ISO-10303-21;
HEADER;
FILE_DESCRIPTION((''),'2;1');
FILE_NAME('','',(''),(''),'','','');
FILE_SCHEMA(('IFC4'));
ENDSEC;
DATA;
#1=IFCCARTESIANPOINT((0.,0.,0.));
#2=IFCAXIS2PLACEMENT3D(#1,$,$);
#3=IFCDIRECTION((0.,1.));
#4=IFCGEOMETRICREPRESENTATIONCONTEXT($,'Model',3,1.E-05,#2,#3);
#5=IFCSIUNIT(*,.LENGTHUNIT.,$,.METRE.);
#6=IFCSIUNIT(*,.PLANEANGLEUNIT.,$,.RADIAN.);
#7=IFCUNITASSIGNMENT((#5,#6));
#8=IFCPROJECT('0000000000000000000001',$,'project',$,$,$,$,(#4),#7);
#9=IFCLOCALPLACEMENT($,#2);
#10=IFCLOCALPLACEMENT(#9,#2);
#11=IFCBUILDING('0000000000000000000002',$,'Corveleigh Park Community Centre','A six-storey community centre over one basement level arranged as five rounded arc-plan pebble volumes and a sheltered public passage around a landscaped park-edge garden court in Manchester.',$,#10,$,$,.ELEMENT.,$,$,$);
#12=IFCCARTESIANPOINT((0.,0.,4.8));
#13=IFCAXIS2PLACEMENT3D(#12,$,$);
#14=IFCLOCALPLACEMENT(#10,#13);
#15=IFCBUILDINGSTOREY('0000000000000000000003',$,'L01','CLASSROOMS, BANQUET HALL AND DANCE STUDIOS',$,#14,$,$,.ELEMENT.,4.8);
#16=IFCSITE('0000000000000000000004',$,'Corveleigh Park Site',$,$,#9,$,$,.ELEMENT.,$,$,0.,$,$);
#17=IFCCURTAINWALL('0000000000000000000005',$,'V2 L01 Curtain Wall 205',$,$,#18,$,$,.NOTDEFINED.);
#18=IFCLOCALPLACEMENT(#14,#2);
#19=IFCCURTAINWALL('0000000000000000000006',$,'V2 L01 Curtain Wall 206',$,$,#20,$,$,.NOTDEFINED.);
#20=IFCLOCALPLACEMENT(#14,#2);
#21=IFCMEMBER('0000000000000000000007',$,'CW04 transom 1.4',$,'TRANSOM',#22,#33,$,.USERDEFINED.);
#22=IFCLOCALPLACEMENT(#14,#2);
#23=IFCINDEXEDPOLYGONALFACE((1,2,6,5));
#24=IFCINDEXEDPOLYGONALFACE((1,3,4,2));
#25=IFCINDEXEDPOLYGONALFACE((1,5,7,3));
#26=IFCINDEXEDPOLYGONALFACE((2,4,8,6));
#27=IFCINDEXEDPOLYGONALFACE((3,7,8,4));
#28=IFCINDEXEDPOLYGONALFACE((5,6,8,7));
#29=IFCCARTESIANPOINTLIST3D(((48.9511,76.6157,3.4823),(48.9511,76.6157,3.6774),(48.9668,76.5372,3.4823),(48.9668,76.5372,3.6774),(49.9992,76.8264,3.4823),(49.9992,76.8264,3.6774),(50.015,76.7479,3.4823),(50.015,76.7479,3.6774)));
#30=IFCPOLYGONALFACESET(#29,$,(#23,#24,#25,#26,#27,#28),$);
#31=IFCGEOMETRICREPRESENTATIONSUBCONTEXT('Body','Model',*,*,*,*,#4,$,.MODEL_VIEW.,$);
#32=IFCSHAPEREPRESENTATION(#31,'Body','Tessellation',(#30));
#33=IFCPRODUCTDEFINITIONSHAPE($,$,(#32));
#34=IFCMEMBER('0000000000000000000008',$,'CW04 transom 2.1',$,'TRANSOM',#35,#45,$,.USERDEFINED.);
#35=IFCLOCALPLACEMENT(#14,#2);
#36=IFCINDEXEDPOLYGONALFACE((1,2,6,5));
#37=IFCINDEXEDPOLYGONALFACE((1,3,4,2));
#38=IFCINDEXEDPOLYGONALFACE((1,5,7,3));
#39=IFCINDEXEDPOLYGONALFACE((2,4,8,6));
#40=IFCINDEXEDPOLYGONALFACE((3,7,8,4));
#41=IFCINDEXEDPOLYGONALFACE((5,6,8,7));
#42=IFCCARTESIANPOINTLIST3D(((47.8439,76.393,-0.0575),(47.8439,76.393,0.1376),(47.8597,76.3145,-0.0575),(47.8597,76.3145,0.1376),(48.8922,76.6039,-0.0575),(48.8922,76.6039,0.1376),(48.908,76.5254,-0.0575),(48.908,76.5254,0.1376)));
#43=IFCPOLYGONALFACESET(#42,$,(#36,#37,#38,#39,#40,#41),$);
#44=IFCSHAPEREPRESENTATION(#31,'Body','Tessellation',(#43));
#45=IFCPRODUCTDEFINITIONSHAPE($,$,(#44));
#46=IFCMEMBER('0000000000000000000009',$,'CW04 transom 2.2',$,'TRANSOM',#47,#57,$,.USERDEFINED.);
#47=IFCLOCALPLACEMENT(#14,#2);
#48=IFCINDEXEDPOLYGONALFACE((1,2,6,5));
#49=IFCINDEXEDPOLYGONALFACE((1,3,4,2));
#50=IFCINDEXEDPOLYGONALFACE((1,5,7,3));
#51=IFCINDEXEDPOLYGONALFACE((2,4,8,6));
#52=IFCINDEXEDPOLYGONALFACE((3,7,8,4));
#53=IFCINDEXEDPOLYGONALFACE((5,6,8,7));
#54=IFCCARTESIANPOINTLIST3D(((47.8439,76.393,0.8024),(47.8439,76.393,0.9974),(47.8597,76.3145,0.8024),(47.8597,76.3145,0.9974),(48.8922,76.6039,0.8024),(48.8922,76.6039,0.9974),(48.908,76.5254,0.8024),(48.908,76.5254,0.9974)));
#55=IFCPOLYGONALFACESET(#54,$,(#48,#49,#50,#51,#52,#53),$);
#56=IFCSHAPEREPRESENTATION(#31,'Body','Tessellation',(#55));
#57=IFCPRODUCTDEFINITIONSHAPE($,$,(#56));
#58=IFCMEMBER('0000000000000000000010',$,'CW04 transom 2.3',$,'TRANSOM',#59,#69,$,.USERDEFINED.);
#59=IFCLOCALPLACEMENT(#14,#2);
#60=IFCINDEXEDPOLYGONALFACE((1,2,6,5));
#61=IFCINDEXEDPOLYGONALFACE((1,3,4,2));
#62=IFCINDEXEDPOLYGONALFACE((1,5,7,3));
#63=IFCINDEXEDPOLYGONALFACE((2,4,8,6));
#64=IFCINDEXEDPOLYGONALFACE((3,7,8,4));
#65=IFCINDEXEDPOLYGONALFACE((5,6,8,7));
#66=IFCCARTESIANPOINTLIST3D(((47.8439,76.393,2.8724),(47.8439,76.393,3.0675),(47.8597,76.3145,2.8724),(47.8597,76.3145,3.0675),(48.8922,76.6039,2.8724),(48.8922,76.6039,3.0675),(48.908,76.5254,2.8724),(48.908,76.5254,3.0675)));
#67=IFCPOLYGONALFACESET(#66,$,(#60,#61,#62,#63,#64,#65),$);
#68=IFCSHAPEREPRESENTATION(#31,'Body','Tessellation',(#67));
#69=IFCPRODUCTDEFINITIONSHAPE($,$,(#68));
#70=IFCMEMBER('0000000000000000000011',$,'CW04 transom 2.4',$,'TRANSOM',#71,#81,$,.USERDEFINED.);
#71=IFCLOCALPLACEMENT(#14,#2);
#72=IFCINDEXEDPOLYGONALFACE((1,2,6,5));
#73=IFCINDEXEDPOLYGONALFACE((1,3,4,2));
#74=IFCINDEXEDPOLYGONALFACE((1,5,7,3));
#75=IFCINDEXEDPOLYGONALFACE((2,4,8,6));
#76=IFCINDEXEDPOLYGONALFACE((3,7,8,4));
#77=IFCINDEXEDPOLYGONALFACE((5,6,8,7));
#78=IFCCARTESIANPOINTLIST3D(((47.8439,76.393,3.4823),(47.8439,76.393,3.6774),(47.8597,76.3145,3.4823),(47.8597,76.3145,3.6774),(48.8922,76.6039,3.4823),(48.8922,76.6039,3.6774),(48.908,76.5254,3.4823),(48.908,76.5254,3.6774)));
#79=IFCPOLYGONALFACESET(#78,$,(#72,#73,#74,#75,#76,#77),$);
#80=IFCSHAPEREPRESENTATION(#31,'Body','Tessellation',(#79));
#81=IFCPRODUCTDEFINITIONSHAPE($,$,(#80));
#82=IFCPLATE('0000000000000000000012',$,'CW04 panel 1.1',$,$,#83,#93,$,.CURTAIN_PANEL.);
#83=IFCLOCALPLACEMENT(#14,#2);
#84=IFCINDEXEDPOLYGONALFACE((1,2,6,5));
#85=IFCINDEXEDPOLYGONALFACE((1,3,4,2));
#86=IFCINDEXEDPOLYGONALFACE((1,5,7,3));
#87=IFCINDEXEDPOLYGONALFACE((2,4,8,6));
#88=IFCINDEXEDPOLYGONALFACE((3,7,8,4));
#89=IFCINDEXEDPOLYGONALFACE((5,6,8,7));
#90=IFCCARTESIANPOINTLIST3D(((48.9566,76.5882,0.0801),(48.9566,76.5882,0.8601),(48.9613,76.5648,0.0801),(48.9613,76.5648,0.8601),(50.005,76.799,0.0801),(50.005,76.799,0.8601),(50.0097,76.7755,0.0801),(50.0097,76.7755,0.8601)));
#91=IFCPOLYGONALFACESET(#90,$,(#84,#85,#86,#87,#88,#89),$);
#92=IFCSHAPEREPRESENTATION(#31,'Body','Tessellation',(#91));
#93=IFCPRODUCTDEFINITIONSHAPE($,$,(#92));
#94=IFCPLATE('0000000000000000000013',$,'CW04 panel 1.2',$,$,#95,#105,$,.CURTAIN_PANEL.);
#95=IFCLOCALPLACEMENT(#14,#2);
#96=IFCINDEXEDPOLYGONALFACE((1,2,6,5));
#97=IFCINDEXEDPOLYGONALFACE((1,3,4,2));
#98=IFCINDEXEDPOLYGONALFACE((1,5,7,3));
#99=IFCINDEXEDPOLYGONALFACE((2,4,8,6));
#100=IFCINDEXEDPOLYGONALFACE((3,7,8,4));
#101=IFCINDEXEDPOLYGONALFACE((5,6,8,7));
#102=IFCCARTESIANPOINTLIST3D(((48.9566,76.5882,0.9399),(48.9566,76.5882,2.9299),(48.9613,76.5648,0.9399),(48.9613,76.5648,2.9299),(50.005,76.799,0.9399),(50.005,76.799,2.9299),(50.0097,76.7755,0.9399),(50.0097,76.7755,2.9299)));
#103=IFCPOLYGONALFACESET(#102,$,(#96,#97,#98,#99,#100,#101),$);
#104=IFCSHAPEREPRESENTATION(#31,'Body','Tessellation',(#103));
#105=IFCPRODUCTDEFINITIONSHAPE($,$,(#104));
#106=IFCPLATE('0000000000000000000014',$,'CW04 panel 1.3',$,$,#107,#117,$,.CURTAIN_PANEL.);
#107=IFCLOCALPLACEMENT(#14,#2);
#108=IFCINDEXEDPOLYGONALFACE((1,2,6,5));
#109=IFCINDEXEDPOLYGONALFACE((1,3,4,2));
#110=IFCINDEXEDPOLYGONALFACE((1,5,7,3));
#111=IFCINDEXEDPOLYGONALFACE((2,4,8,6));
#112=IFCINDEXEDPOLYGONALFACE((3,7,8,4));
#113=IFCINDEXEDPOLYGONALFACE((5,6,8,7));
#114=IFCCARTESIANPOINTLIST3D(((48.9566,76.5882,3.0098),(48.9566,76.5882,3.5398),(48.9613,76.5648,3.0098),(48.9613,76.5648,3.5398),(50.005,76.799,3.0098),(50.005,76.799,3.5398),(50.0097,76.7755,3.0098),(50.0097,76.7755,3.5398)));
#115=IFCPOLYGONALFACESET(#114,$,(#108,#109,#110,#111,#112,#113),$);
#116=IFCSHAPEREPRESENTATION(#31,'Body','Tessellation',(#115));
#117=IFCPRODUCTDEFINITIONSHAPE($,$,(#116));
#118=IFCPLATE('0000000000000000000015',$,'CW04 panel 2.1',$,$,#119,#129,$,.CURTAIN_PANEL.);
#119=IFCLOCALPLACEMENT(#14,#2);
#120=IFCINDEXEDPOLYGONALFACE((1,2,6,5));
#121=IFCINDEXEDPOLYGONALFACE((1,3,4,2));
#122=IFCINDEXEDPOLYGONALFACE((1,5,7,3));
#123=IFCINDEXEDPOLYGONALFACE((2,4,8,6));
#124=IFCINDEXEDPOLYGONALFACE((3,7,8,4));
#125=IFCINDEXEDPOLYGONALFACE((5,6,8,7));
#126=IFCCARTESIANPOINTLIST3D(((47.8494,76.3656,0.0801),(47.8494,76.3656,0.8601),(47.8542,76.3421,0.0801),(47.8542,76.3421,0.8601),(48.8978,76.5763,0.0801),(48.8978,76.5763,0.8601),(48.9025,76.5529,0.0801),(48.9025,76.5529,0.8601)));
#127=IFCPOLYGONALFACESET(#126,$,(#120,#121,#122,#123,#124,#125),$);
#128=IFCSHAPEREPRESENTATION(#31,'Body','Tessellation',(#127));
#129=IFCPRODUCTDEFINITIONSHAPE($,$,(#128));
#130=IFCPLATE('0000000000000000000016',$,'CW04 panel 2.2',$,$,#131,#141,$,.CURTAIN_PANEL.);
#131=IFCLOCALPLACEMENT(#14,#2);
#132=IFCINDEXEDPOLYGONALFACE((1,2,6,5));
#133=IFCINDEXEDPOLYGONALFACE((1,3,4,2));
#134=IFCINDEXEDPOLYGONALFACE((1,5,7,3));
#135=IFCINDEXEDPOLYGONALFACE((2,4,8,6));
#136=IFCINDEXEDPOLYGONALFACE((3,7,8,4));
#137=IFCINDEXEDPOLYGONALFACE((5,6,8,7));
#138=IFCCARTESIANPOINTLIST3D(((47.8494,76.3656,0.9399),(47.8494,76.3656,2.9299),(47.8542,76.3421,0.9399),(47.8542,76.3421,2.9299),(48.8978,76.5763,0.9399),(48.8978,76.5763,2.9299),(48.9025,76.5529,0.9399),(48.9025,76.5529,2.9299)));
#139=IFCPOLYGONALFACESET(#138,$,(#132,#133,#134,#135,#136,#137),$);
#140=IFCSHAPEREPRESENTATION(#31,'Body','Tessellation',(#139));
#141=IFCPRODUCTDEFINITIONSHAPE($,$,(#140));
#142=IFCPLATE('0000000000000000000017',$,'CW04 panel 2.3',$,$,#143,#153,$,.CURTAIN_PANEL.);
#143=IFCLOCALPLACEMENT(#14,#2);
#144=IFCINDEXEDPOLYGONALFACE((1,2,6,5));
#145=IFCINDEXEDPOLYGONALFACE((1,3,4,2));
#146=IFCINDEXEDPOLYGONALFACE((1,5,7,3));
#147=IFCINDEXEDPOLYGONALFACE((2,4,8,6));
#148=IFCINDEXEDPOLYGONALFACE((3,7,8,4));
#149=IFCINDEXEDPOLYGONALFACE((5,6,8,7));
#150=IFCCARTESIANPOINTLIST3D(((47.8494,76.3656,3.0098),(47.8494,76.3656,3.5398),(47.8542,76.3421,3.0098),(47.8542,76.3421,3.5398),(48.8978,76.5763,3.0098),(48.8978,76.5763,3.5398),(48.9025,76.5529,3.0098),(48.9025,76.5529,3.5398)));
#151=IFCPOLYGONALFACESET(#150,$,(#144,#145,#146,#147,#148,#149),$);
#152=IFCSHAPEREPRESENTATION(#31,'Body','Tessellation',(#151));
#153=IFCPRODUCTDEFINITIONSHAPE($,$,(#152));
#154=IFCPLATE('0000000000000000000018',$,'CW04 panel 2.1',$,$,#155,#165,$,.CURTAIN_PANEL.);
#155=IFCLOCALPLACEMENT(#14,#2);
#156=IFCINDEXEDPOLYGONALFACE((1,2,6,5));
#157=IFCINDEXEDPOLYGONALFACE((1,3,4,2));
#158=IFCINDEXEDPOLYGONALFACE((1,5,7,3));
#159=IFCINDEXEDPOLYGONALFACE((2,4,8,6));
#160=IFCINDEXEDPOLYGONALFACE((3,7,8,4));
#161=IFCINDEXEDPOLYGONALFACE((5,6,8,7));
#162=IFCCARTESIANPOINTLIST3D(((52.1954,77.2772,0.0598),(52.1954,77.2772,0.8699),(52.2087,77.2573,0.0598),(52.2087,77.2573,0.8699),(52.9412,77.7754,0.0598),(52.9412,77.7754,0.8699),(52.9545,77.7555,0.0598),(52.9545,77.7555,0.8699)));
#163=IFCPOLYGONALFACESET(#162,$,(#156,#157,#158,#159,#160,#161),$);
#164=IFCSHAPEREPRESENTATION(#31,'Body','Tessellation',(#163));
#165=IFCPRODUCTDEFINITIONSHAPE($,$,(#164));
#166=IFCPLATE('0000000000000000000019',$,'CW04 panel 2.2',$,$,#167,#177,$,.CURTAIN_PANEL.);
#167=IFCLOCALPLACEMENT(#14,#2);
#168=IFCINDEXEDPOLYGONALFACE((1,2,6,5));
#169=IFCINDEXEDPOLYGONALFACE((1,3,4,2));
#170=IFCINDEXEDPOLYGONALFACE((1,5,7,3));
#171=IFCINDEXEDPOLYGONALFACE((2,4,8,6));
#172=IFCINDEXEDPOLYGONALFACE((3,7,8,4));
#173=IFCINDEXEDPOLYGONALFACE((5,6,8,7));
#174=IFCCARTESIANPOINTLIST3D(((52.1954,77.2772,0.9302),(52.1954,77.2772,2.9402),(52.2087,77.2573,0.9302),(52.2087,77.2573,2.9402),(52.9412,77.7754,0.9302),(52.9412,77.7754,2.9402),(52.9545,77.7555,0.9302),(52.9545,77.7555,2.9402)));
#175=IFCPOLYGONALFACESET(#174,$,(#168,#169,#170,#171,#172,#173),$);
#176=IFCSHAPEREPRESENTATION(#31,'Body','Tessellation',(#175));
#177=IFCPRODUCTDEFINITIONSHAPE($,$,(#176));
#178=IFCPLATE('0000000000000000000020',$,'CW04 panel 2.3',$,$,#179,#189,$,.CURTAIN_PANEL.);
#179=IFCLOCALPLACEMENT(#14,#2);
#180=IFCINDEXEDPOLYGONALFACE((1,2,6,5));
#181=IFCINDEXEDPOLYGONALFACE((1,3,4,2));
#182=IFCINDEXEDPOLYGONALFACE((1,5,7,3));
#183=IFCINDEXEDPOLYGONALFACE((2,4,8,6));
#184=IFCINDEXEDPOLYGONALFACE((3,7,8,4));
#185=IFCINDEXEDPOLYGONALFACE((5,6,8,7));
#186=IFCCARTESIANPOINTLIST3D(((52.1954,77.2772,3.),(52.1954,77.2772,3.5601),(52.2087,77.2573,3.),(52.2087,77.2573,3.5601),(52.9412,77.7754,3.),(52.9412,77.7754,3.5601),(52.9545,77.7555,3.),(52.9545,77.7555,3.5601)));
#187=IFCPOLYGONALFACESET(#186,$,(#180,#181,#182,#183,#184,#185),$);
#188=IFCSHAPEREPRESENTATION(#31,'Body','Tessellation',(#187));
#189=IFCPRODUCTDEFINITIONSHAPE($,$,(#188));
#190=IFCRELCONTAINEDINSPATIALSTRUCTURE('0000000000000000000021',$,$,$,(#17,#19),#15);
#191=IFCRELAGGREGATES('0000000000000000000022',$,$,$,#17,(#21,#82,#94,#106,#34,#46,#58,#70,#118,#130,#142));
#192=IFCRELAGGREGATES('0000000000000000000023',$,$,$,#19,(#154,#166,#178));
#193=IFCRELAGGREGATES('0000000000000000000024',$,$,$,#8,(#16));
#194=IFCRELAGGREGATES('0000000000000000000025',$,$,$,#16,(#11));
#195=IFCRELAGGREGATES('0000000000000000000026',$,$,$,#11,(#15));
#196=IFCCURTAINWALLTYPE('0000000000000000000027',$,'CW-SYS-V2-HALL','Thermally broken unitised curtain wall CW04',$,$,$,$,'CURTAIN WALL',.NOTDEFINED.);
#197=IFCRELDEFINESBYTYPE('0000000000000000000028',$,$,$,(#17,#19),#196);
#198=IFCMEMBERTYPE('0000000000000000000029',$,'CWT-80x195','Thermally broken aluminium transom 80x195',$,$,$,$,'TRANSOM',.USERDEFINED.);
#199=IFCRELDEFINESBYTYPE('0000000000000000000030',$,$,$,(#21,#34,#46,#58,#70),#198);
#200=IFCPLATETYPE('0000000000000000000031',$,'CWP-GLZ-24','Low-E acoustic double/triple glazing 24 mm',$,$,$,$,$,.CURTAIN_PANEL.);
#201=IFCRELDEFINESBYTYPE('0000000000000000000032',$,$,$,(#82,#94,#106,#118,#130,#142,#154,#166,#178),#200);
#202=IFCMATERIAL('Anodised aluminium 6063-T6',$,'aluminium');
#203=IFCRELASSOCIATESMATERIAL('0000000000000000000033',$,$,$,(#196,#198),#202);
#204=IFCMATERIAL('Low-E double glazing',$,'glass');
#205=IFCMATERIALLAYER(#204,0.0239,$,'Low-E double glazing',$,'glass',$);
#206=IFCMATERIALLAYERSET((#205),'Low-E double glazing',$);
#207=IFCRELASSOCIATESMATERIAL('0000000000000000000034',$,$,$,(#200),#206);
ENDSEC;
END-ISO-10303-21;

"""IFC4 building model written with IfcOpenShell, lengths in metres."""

from ifc_helpers import new_model, si_unit, direction, frame, origin, origin_2d, place, context, subcontext, project, spatial, rectangle, extrude, material, layer, layer_set, material_profile, profile_set, type_object, element, aggregate, save


model = new_model("IFC4")

# Units and contexts
model_context = context("Model", 3, precision=1e-05, world=origin(), true_north=direction((0.0, 1.0)))
body_context = subcontext(model_context, "Body", "Model", "MODEL_VIEW")
ifc_project = project(units=[si_unit("LENGTHUNIT", "METRE"), si_unit("PLANEANGLEUNIT", "RADIAN")], contexts=[model_context])

# Site, building, storey
site_placement = place(None, origin())
site = spatial("IfcSite", under=ifc_project, at=site_placement, Name="Corveleigh Park Site", CompositionType="ELEMENT", RefElevation=0.0)
building_placement = place(site_placement, origin())
building = spatial("IfcBuilding", under=site, at=building_placement, Name="Corveleigh Park Community Centre", Description="A six-storey community centre over one basement level arranged as five rounded arc-plan pebble volumes and a sheltered public passage around a landscaped park-edge garden court in Manchester.", CompositionType="ELEMENT")
storey_placement = place(building_placement, frame((0.0, 0.0, 4.8)))
storey = spatial("IfcBuildingStorey", under=building, at=storey_placement, Name="L01", Description="CLASSROOMS, BANQUET HALL AND DANCE STUDIOS", CompositionType="ELEMENT", Elevation=4.8)

# Curtain wall
ifc_material_1 = material(Name="Anodised aluminium 6063-T6", Category="aluminium")
curtain_wall_type = type_object("IfcCurtainWallType", Name="CW-SYS-V2-HALL", Description="Thermally broken unitised curtain wall CW04", ElementType="CURTAIN WALL", PredefinedType="NOTDEFINED", material=ifc_material_1)
curtain_wall_1_placement = place(storey_placement, origin())
curtain_wall_1 = element("IfcCurtainWall", 1, at=curtain_wall_1_placement, inside=storey, type_object=curtain_wall_type, Name="V2 L01 Curtain Wall 205", PredefinedType="NOTDEFINED")

# Curtain wall
curtain_wall_2_placement = place(storey_placement, origin())
curtain_wall_2 = element("IfcCurtainWall", 2, at=curtain_wall_2_placement, inside=storey, type_object=curtain_wall_type, Name="V2 L01 Curtain Wall 206", PredefinedType="NOTDEFINED")

# Members
ifc_material_profile_1 = material_profile(ifc_material_1, rectangle(XDim=0.0801, YDim=0.1951, at=origin_2d()), Name="ALU-T80x195", Category="aluminium")
ifc_profile_set_1 = profile_set([ifc_material_profile_1], Name="Anodised aluminium 6063-T6")
member_type_1 = type_object("IfcMemberType", Name="CWT-80x195", Description="Thermally broken aluminium transom 80x195", ElementType="TRANSOM", PredefinedType="USERDEFINED", material=ifc_profile_set_1)
member_1_placement = place(storey_placement, frame((50.0071, 76.7871, 3.5798), z_axis=(-0.980387, -0.197082, 0.0), x_axis=(0.197082, -0.980387, 0.0)))
member_1 = element("IfcMember", 3, at=member_1_placement, type_object=member_type_1, Name="CW04 transom 1.4", ObjectType="TRANSOM", PredefinedType="USERDEFINED", context=body_context, shape_type="SweptSolid", body=[
    extrude(rectangle(XDim=0.0801, YDim=0.1951, at=origin_2d()), origin(), (0.0, 0.0, 1.0), 1.0691),
])
member_2_placement = place(storey_placement, frame((48.9001, 76.5647, 0.04), z_axis=(-0.980352, -0.197258, 0.0), x_axis=(0.197258, -0.980352, 0.0)))
member_2 = element("IfcMember", 4, at=member_2_placement, type_object=member_type_1, Name="CW04 transom 2.1", ObjectType="TRANSOM", PredefinedType="USERDEFINED", context=body_context, shape_type="SweptSolid", body=[
    extrude(rectangle(XDim=0.0801, YDim=0.1951, at=origin_2d()), origin(), (0.0, 0.0, 1.0), 1.0693),
])
member_3_placement = place(storey_placement, frame((48.9001, 76.5647, 0.8999), z_axis=(-0.980352, -0.197258, 0.0), x_axis=(0.197258, -0.980352, 0.0)))
member_3 = element("IfcMember", 5, at=member_3_placement, type_object=member_type_1, Name="CW04 transom 2.2", ObjectType="TRANSOM", PredefinedType="USERDEFINED", context=body_context, shape_type="SweptSolid", body=[
    extrude(rectangle(XDim=0.0801, YDim=0.1951, at=origin_2d()), origin(), (0.0, 0.0, 1.0), 1.0693),
])
member_4_placement = place(storey_placement, frame((48.9001, 76.5647, 2.97), z_axis=(-0.980352, -0.197258, 0.0), x_axis=(0.197258, -0.980352, 0.0)))
member_4 = element("IfcMember", 6, at=member_4_placement, type_object=member_type_1, Name="CW04 transom 2.3", ObjectType="TRANSOM", PredefinedType="USERDEFINED", context=body_context, shape_type="SweptSolid", body=[
    extrude(rectangle(XDim=0.0801, YDim=0.1951, at=origin_2d()), origin(), (0.0, 0.0, 1.0), 1.0693),
])
member_5_placement = place(storey_placement, frame((48.9001, 76.5647, 3.5798), z_axis=(-0.980352, -0.197258, 0.0), x_axis=(0.197258, -0.980352, 0.0)))
member_5 = element("IfcMember", 7, at=member_5_placement, type_object=member_type_1, Name="CW04 transom 2.4", ObjectType="TRANSOM", PredefinedType="USERDEFINED", context=body_context, shape_type="SweptSolid", body=[
    extrude(rectangle(XDim=0.0801, YDim=0.1951, at=origin_2d()), origin(), (0.0, 0.0, 1.0), 1.0693),
])

# Plates
ifc_material_2 = material(Name="Low-E double glazing", Category="glass")
ifc_layer_1 = layer(ifc_material_2, 0.0239, Name="Low-E double glazing", Category="glass")
ifc_layer_set_1 = layer_set([ifc_layer_1], Name="Low-E double glazing")
plate_type = type_object("IfcPlateType", Name="CWP-GLZ-24", Description="Low-E acoustic double/triple glazing 24 mm", PredefinedType="CURTAIN_PANEL", material=ifc_layer_set_1)
plate_1_placement = place(storey_placement, frame((49.4832, 76.6819, 0.0801), z_axis=(0.0, 0.0, 1.0), x_axis=(-0.980381, -0.197111, 0.0)))
plate_1 = element("IfcPlate", 8, at=plate_1_placement, type_object=plate_type, Name="CW04 panel 1.1", PredefinedType="CURTAIN_PANEL", context=body_context, shape_type="SweptSolid", body=[
    extrude(rectangle(XDim=1.0693, YDim=0.0239, at=origin_2d()), origin(), (0.0, 0.0, 1.0), 0.78),
])
plate_2_placement = place(storey_placement, frame((49.4832, 76.6819, 0.9399), z_axis=(0.0, 0.0, 1.0), x_axis=(-0.980381, -0.197111, 0.0)))
plate_2 = element("IfcPlate", 9, at=plate_2_placement, type_object=plate_type, Name="CW04 panel 1.2", PredefinedType="CURTAIN_PANEL", context=body_context, shape_type="SweptSolid", body=[
    extrude(rectangle(XDim=1.0693, YDim=0.0239, at=origin_2d()), origin(), (0.0, 0.0, 1.0), 1.99),
])
plate_3_placement = place(storey_placement, frame((49.4832, 76.6819, 3.0098), z_axis=(0.0, 0.0, 1.0), x_axis=(-0.980381, -0.197111, 0.0)))
plate_3 = element("IfcPlate", 10, at=plate_3_placement, type_object=plate_type, Name="CW04 panel 1.3", PredefinedType="CURTAIN_PANEL", context=body_context, shape_type="SweptSolid", body=[
    extrude(rectangle(XDim=1.0693, YDim=0.0239, at=origin_2d()), origin(), (0.0, 0.0, 1.0), 0.53),
])
plate_4_placement = place(storey_placement, frame((48.376, 76.4592, 0.0801), z_axis=(0.0, 0.0, 1.0), x_axis=(-0.980381, -0.197111, 0.0)))
plate_4 = element("IfcPlate", 11, at=plate_4_placement, type_object=plate_type, Name="CW04 panel 2.1", PredefinedType="CURTAIN_PANEL", context=body_context, shape_type="SweptSolid", body=[
    extrude(rectangle(XDim=1.0693, YDim=0.0239, at=origin_2d()), origin(), (0.0, 0.0, 1.0), 0.78),
])
plate_5_placement = place(storey_placement, frame((48.376, 76.4592, 0.9399), z_axis=(0.0, 0.0, 1.0), x_axis=(-0.980381, -0.197111, 0.0)))
plate_5 = element("IfcPlate", 12, at=plate_5_placement, type_object=plate_type, Name="CW04 panel 2.2", PredefinedType="CURTAIN_PANEL", context=body_context, shape_type="SweptSolid", body=[
    extrude(rectangle(XDim=1.0693, YDim=0.0239, at=origin_2d()), origin(), (0.0, 0.0, 1.0), 1.99),
])
plate_6_placement = place(storey_placement, frame((48.376, 76.4592, 3.0098), z_axis=(0.0, 0.0, 1.0), x_axis=(-0.980381, -0.197111, 0.0)))
plate_6 = element("IfcPlate", 13, at=plate_6_placement, type_object=plate_type, Name="CW04 panel 2.3", PredefinedType="CURTAIN_PANEL", context=body_context, shape_type="SweptSolid", body=[
    extrude(rectangle(XDim=1.0693, YDim=0.0239, at=origin_2d()), origin(), (0.0, 0.0, 1.0), 0.53),
])
aggregate(curtain_wall_1, [member_1, plate_1, plate_2, plate_3, member_2, member_3, member_4, member_5, plate_4, plate_5, plate_6])
plate_7_placement = place(storey_placement, frame((52.575, 77.5164, 0.0598), z_axis=(0.0, 0.0, 1.0), x_axis=(-0.831509, -0.555512, 0.0)))
plate_7 = element("IfcPlate", 14, at=plate_7_placement, type_object=plate_type, Name="CW04 panel 2.1", PredefinedType="CURTAIN_PANEL", context=body_context, shape_type="SweptSolid", body=[
    extrude(rectangle(XDim=0.897, YDim=0.0239, at=origin_2d()), origin(), (0.0, 0.0, 1.0), 0.8101),
])
plate_8_placement = place(storey_placement, frame((52.575, 77.5164, 0.9302), z_axis=(0.0, 0.0, 1.0), x_axis=(-0.831509, -0.555512, 0.0)))
plate_8 = element("IfcPlate", 15, at=plate_8_placement, type_object=plate_type, Name="CW04 panel 2.2", PredefinedType="CURTAIN_PANEL", context=body_context, shape_type="SweptSolid", body=[
    extrude(rectangle(XDim=0.897, YDim=0.0239, at=origin_2d()), origin(), (0.0, 0.0, 1.0), 2.01),
])
plate_9_placement = place(storey_placement, frame((52.575, 77.5164, 3.0), z_axis=(0.0, 0.0, 1.0), x_axis=(-0.831509, -0.555512, 0.0)))
plate_9 = element("IfcPlate", 16, at=plate_9_placement, type_object=plate_type, Name="CW04 panel 2.3", PredefinedType="CURTAIN_PANEL", context=body_context, shape_type="SweptSolid", body=[
    extrude(rectangle(XDim=0.897, YDim=0.0239, at=origin_2d()), origin(), (0.0, 0.0, 1.0), 0.5601),
])
aggregate(curtain_wall_2, [plate_7, plate_8, plate_9])

save(model, "model.ifc")
